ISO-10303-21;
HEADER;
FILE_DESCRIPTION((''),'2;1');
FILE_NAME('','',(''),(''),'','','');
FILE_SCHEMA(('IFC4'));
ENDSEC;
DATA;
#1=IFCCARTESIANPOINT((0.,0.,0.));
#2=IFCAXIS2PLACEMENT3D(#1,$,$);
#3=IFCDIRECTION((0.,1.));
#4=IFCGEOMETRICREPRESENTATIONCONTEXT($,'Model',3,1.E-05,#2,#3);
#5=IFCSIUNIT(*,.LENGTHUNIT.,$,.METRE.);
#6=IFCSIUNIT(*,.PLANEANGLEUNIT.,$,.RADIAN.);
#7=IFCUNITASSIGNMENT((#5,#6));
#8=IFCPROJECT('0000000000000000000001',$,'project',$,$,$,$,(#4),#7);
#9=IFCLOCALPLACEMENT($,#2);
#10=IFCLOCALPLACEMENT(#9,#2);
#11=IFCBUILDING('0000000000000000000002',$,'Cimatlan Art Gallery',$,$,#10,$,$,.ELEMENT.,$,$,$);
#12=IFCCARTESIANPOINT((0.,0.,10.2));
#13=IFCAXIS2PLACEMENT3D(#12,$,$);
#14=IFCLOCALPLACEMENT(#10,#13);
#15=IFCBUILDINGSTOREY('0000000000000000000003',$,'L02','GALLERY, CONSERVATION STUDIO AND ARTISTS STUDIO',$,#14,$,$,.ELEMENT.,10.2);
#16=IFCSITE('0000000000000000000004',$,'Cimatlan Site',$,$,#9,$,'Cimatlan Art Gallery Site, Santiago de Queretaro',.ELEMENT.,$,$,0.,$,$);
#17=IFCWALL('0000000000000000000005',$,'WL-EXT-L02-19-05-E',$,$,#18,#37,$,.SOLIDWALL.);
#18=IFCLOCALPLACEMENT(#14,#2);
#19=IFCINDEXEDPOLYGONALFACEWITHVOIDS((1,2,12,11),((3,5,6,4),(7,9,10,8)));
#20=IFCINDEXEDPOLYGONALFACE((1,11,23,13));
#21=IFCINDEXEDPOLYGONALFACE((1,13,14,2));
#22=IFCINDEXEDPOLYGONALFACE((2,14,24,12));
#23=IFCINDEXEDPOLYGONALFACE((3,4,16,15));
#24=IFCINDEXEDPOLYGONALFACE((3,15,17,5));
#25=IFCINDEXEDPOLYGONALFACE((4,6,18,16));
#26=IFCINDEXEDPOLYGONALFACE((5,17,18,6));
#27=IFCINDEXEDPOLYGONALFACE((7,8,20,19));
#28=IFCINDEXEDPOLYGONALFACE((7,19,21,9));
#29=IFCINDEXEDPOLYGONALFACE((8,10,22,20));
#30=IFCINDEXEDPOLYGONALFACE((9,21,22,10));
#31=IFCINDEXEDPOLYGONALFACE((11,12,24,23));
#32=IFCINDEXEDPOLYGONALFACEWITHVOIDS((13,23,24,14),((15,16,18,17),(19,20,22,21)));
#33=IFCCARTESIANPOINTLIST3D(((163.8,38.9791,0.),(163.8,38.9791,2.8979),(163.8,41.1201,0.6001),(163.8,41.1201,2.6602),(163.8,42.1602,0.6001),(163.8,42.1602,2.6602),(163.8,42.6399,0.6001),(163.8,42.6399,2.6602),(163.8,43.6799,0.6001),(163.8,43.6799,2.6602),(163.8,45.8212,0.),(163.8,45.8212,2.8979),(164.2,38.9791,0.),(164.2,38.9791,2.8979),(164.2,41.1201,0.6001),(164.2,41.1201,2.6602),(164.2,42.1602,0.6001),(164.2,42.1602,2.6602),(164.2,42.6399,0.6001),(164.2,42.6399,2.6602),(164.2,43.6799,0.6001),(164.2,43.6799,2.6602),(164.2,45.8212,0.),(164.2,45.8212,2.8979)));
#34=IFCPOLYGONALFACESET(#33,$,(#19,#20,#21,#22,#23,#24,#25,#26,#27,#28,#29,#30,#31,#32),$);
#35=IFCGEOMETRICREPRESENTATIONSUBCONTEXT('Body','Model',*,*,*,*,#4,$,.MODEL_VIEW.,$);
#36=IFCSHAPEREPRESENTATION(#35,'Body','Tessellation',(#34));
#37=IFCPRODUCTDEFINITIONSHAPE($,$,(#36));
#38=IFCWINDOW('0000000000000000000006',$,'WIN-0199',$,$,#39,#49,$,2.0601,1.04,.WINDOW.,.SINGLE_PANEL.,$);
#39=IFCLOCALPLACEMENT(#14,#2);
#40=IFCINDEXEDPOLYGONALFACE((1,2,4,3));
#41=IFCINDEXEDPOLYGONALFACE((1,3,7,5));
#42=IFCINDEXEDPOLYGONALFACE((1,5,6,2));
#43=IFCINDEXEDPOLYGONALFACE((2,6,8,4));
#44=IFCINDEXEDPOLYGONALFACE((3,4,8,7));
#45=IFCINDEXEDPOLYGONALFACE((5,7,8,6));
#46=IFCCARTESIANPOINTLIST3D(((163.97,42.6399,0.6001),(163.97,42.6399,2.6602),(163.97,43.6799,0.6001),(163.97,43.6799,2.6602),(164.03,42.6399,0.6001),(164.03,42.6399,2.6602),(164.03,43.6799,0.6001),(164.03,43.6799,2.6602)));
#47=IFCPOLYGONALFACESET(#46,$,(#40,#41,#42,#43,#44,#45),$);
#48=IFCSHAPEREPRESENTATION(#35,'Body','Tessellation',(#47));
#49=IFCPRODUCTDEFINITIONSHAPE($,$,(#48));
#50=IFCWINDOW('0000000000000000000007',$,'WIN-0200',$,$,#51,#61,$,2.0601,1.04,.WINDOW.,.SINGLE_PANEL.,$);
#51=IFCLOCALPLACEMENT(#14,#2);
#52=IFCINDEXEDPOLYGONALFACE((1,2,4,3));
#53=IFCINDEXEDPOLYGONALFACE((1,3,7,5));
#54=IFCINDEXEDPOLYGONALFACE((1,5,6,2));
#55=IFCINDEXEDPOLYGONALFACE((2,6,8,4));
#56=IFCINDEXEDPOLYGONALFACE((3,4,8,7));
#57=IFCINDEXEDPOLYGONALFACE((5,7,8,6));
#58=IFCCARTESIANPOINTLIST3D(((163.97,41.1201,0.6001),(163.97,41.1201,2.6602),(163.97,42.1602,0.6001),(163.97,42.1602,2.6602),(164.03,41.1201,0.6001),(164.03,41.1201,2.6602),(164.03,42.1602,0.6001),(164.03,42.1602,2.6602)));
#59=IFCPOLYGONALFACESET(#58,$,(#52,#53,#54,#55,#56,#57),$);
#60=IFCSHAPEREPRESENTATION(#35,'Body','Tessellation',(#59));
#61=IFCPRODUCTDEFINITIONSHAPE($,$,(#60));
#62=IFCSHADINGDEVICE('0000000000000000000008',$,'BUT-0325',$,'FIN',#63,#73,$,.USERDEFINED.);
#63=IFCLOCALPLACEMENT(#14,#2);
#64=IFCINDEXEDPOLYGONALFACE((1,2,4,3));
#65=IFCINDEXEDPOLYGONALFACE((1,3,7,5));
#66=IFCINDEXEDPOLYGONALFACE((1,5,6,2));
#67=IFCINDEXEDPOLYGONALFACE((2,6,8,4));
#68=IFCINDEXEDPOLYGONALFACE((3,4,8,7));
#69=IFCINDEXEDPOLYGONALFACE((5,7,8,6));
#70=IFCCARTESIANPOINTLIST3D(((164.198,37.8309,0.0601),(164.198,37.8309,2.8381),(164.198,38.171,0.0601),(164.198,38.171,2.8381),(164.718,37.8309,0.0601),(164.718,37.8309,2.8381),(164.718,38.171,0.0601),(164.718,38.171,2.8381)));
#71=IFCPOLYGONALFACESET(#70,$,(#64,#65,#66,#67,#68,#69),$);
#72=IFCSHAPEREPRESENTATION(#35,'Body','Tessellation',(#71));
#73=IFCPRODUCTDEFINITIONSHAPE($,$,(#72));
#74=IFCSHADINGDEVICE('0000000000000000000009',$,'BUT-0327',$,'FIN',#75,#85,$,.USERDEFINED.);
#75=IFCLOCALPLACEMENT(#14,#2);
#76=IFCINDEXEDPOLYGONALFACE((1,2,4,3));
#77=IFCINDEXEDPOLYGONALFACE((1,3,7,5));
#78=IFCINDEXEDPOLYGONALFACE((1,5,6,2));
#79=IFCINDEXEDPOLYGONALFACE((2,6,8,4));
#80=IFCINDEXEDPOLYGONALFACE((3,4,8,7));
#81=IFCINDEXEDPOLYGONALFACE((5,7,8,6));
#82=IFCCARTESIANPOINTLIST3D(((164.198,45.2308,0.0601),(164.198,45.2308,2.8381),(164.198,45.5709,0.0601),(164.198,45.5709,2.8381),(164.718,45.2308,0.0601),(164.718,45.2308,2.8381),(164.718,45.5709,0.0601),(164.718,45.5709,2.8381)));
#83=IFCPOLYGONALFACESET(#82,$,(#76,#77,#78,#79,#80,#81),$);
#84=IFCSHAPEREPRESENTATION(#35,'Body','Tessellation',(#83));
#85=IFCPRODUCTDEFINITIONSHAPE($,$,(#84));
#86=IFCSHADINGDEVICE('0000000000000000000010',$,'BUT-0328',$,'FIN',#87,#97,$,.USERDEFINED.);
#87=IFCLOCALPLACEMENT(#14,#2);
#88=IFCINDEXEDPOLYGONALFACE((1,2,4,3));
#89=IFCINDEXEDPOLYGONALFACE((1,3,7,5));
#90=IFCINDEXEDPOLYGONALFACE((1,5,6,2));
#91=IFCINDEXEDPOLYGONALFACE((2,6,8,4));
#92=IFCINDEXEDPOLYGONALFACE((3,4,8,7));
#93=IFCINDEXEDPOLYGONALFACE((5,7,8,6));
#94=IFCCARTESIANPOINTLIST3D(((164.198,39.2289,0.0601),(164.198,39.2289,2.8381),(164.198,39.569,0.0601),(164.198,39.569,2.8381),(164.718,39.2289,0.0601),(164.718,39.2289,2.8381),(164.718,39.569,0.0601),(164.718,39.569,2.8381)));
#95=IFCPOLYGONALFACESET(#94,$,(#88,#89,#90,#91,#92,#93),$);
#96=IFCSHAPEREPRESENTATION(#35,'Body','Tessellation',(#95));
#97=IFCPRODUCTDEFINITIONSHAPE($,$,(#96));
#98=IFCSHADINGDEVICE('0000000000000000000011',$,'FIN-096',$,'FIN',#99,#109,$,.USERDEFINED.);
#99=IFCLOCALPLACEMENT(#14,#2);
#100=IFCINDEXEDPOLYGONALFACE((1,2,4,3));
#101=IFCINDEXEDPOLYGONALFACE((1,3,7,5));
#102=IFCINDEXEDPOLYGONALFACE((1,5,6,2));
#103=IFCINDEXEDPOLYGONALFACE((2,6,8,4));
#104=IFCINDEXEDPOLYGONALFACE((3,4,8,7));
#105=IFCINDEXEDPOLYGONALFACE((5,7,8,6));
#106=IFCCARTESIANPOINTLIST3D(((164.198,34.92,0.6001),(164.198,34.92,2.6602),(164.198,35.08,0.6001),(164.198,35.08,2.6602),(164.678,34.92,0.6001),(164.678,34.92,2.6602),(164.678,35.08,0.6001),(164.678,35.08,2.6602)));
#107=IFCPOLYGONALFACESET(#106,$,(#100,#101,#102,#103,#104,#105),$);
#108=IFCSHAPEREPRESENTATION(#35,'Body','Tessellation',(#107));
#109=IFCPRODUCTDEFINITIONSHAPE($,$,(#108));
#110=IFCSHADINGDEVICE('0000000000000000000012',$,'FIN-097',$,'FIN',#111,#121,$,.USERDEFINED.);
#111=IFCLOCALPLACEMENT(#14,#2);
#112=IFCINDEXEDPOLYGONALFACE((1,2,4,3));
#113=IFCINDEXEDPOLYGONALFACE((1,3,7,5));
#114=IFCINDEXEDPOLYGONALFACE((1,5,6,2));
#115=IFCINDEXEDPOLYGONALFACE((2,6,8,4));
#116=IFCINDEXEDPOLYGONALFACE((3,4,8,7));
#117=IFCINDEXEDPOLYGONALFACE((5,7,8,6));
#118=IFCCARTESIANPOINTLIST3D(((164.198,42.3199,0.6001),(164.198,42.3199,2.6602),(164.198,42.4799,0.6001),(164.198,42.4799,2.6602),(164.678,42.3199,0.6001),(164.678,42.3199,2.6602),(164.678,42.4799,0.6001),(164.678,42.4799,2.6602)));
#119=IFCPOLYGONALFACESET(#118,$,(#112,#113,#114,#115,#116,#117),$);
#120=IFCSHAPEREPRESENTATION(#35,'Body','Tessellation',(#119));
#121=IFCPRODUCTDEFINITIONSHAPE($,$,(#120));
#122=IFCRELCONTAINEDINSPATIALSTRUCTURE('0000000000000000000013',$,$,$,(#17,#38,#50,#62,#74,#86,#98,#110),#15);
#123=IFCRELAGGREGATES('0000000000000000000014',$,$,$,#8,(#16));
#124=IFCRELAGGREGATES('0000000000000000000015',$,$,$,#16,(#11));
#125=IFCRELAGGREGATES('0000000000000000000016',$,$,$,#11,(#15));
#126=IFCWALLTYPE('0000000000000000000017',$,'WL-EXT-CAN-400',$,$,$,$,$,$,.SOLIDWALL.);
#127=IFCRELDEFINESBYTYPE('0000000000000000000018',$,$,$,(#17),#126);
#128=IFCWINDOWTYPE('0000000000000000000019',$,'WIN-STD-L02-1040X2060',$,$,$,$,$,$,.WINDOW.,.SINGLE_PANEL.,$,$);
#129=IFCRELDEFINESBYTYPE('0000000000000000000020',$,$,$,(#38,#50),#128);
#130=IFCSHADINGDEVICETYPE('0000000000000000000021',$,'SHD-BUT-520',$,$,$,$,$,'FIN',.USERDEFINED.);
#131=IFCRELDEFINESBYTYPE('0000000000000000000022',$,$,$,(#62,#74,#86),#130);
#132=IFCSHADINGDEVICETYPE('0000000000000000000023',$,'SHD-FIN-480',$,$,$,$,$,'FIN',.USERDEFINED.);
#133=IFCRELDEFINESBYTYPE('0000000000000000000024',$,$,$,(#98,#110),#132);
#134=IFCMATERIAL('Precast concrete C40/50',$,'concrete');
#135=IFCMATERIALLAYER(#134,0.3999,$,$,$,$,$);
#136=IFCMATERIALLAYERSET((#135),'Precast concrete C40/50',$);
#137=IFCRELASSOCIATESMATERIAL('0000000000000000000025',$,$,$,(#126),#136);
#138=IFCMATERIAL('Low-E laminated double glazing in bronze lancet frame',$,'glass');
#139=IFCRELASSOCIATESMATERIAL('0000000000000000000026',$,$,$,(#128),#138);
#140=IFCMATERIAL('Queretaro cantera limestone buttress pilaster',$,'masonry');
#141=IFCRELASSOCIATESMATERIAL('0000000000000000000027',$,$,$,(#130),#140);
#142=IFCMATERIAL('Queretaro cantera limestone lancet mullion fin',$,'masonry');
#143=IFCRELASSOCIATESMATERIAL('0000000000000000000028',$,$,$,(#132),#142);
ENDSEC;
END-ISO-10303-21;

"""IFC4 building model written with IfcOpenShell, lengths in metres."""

from ifc_helpers import new_model, si_unit, direction, frame, frame_2d, origin, origin_2d, place, context, subcontext, project, spatial, rectangle, extrude, material, layer, layer_set, type_object, element, fill, save


model = new_model("IFC4")

# Units and contexts
model_context = context("Model", 3, precision=1e-05, world=origin(), true_north=direction((0.0, 1.0)))
body_context = subcontext(model_context, "Body", "Model", "MODEL_VIEW")
ifc_project = project(units=[si_unit("LENGTHUNIT", "METRE"), si_unit("PLANEANGLEUNIT", "RADIAN")], contexts=[model_context])

# Site, building, storey
site_placement = place(None, origin())
site = spatial("IfcSite", under=ifc_project, at=site_placement, Name="Cimatlan Site", LongName="Cimatlan Art Gallery Site, Santiago de Queretaro", CompositionType="ELEMENT", RefElevation=0.0)
building_placement = place(site_placement, origin())
building = spatial("IfcBuilding", under=site, at=building_placement, Name="Cimatlan Art Gallery", CompositionType="ELEMENT")
storey_placement = place(building_placement, frame((0.0, 0.0, 10.2)))
storey = spatial("IfcBuildingStorey", under=building, at=storey_placement, Name="L02", Description="GALLERY, CONSERVATION STUDIO AND ARTISTS STUDIO", CompositionType="ELEMENT", Elevation=10.2)

# Wall, openings, windows
ifc_material_1 = material(Name="Precast concrete C40/50", Category="concrete")
ifc_layer_1 = layer(ifc_material_1, 0.3999)
ifc_layer_set_1 = layer_set([ifc_layer_1], Name="Precast concrete C40/50")
wall_type_1 = type_object("IfcWallType", Name="WL-EXT-CAN-400", PredefinedType="SOLIDWALL", material=ifc_layer_set_1)
ifc_material_2 = material(Name="Low-E laminated double glazing in bronze lancet frame", Category="glass")
window_type = type_object("IfcWindowType", Name="WIN-STD-L02-1040X2060", PartitioningType="SINGLE_PANEL", PredefinedType="WINDOW", material=ifc_material_2)
wall_1_placement = place(storey_placement, frame((164.0, 45.821, 0.0), z_axis=(0.0, 0.0, 1.0), x_axis=(0.0, -1.0, 0.0)))
wall_1 = element("IfcWall", 1, at=wall_1_placement, inside=storey, type_object=wall_type_1, Name="WL-EXT-L02-19-05-E", PredefinedType="SOLIDWALL", context=body_context, shape_type="SweptSolid", body=[
    extrude(rectangle(XDim=6.842, YDim=0.3999, at=frame_2d((3.4209, 0.0))), origin(), (0.0, 0.0, 1.0), 2.8979),
])
opening_1_placement = place(wall_1_placement, frame((2.1411, 0.0, 0.6001)))
opening_1 = element("IfcOpeningElement", 2, at=opening_1_placement, cuts=wall_1, PredefinedType="OPENING", context=body_context, shape_type="SweptSolid", body=[
    extrude(rectangle(XDim=1.04, YDim=2.0601, at=frame_2d((0.52, 1.03))), frame((0.0, 0.21, 0.0), z_axis=(0.0, -1.0, 0.0), x_axis=(1.0, 0.0, 0.0)), (0.0, 0.0, 1.0), 0.4199),
])
opening_2_placement = place(wall_1_placement, frame((3.6609, 0.0, 0.6001)))
opening_2 = element("IfcOpeningElement", 3, at=opening_2_placement, cuts=wall_1, PredefinedType="OPENING", context=body_context, shape_type="SweptSolid", body=[
    extrude(rectangle(XDim=1.04, YDim=2.0601, at=frame_2d((0.52, 1.03))), frame((0.0, 0.21, 0.0), z_axis=(0.0, -1.0, 0.0), x_axis=(1.0, 0.0, 0.0)), (0.0, 0.0, 1.0), 0.4199),
])
window_1_placement = place(opening_1_placement, origin())
window_1 = element("IfcWindow", 4, at=window_1_placement, inside=storey, type_object=window_type, Name="WIN-0199", OverallHeight=2.0601, OverallWidth=1.04, PartitioningType="SINGLE_PANEL", PredefinedType="WINDOW", context=body_context, shape_type="SweptSolid", body=[
    extrude(rectangle(XDim=1.04, YDim=2.0601, at=frame_2d((0.52, 1.03))), frame((0.0, 0.03, 0.0), z_axis=(0.0, -1.0, 0.0), x_axis=(1.0, 0.0, 0.0)), (0.0, 0.0, 1.0), 0.0601),
])
fill(opening_1, window_1)
window_2_placement = place(opening_2_placement, origin())
window_2 = element("IfcWindow", 5, at=window_2_placement, inside=storey, type_object=window_type, Name="WIN-0200", OverallHeight=2.0601, OverallWidth=1.04, PartitioningType="SINGLE_PANEL", PredefinedType="WINDOW", context=body_context, shape_type="SweptSolid", body=[
    extrude(rectangle(XDim=1.04, YDim=2.0601, at=frame_2d((0.52, 1.03))), frame((0.0, 0.03, 0.0), z_axis=(0.0, -1.0, 0.0), x_axis=(1.0, 0.0, 0.0)), (0.0, 0.0, 1.0), 0.0601),
])
fill(opening_2, window_2)

# Shading devices
ifc_material_3 = material(Name="Queretaro cantera limestone buttress pilaster", Category="masonry")
shading_device_type_1 = type_object("IfcShadingDeviceType", Name="SHD-BUT-520", ElementType="FIN", PredefinedType="USERDEFINED", material=ifc_material_3)
for number, where, z_axis, x_axis, name in (
    (6, (164.458, 38.001, 0.0601), (0.0, 0.0, 1.0), (0.0, -1.0, 0.0), "BUT-0325"),
    (7, (164.458, 45.4009, 0.0601), (0.0, 0.0, 1.0), (0.0, -1.0, 0.0), "BUT-0327"),
    (8, (164.458, 39.3989, 0.0601), (0.0, 0.0, 1.0), (0.0, -1.0, 0.0), "BUT-0328"),
):
    element("IfcShadingDevice", number, at=place(storey_placement, frame(where, z_axis=z_axis, x_axis=x_axis)), inside=storey, type_object=shading_device_type_1, Name=name, ObjectType="FIN", PredefinedType="USERDEFINED", context=body_context, shape_type="SweptSolid", body=[
        extrude(rectangle(XDim=0.3401, YDim=0.52, at=origin_2d()), origin(), (0.0, 0.0, 1.0), 2.7781),
    ])
ifc_material_4 = material(Name="Queretaro cantera limestone lancet mullion fin", Category="masonry")
shading_device_type_2 = type_object("IfcShadingDeviceType", Name="SHD-FIN-480", ElementType="FIN", PredefinedType="USERDEFINED", material=ifc_material_4)
for number, where, z_axis, x_axis, name in (
    (9, (164.438, 35.0, 0.6001), (0.0, 0.0, 1.0), (0.0, -1.0, 0.0), "FIN-096"),
    (10, (164.438, 42.3999, 0.6001), (0.0, 0.0, 1.0), (0.0, -1.0, 0.0), "FIN-097"),
):
    element("IfcShadingDevice", number, at=place(storey_placement, frame(where, z_axis=z_axis, x_axis=x_axis)), inside=storey, type_object=shading_device_type_2, Name=name, ObjectType="FIN", PredefinedType="USERDEFINED", context=body_context, shape_type="SweptSolid", body=[
        extrude(rectangle(XDim=0.1599, YDim=0.48, at=origin_2d()), origin(), (0.0, 0.0, 1.0), 2.0601),
    ])

save(model, "model.ifc")
